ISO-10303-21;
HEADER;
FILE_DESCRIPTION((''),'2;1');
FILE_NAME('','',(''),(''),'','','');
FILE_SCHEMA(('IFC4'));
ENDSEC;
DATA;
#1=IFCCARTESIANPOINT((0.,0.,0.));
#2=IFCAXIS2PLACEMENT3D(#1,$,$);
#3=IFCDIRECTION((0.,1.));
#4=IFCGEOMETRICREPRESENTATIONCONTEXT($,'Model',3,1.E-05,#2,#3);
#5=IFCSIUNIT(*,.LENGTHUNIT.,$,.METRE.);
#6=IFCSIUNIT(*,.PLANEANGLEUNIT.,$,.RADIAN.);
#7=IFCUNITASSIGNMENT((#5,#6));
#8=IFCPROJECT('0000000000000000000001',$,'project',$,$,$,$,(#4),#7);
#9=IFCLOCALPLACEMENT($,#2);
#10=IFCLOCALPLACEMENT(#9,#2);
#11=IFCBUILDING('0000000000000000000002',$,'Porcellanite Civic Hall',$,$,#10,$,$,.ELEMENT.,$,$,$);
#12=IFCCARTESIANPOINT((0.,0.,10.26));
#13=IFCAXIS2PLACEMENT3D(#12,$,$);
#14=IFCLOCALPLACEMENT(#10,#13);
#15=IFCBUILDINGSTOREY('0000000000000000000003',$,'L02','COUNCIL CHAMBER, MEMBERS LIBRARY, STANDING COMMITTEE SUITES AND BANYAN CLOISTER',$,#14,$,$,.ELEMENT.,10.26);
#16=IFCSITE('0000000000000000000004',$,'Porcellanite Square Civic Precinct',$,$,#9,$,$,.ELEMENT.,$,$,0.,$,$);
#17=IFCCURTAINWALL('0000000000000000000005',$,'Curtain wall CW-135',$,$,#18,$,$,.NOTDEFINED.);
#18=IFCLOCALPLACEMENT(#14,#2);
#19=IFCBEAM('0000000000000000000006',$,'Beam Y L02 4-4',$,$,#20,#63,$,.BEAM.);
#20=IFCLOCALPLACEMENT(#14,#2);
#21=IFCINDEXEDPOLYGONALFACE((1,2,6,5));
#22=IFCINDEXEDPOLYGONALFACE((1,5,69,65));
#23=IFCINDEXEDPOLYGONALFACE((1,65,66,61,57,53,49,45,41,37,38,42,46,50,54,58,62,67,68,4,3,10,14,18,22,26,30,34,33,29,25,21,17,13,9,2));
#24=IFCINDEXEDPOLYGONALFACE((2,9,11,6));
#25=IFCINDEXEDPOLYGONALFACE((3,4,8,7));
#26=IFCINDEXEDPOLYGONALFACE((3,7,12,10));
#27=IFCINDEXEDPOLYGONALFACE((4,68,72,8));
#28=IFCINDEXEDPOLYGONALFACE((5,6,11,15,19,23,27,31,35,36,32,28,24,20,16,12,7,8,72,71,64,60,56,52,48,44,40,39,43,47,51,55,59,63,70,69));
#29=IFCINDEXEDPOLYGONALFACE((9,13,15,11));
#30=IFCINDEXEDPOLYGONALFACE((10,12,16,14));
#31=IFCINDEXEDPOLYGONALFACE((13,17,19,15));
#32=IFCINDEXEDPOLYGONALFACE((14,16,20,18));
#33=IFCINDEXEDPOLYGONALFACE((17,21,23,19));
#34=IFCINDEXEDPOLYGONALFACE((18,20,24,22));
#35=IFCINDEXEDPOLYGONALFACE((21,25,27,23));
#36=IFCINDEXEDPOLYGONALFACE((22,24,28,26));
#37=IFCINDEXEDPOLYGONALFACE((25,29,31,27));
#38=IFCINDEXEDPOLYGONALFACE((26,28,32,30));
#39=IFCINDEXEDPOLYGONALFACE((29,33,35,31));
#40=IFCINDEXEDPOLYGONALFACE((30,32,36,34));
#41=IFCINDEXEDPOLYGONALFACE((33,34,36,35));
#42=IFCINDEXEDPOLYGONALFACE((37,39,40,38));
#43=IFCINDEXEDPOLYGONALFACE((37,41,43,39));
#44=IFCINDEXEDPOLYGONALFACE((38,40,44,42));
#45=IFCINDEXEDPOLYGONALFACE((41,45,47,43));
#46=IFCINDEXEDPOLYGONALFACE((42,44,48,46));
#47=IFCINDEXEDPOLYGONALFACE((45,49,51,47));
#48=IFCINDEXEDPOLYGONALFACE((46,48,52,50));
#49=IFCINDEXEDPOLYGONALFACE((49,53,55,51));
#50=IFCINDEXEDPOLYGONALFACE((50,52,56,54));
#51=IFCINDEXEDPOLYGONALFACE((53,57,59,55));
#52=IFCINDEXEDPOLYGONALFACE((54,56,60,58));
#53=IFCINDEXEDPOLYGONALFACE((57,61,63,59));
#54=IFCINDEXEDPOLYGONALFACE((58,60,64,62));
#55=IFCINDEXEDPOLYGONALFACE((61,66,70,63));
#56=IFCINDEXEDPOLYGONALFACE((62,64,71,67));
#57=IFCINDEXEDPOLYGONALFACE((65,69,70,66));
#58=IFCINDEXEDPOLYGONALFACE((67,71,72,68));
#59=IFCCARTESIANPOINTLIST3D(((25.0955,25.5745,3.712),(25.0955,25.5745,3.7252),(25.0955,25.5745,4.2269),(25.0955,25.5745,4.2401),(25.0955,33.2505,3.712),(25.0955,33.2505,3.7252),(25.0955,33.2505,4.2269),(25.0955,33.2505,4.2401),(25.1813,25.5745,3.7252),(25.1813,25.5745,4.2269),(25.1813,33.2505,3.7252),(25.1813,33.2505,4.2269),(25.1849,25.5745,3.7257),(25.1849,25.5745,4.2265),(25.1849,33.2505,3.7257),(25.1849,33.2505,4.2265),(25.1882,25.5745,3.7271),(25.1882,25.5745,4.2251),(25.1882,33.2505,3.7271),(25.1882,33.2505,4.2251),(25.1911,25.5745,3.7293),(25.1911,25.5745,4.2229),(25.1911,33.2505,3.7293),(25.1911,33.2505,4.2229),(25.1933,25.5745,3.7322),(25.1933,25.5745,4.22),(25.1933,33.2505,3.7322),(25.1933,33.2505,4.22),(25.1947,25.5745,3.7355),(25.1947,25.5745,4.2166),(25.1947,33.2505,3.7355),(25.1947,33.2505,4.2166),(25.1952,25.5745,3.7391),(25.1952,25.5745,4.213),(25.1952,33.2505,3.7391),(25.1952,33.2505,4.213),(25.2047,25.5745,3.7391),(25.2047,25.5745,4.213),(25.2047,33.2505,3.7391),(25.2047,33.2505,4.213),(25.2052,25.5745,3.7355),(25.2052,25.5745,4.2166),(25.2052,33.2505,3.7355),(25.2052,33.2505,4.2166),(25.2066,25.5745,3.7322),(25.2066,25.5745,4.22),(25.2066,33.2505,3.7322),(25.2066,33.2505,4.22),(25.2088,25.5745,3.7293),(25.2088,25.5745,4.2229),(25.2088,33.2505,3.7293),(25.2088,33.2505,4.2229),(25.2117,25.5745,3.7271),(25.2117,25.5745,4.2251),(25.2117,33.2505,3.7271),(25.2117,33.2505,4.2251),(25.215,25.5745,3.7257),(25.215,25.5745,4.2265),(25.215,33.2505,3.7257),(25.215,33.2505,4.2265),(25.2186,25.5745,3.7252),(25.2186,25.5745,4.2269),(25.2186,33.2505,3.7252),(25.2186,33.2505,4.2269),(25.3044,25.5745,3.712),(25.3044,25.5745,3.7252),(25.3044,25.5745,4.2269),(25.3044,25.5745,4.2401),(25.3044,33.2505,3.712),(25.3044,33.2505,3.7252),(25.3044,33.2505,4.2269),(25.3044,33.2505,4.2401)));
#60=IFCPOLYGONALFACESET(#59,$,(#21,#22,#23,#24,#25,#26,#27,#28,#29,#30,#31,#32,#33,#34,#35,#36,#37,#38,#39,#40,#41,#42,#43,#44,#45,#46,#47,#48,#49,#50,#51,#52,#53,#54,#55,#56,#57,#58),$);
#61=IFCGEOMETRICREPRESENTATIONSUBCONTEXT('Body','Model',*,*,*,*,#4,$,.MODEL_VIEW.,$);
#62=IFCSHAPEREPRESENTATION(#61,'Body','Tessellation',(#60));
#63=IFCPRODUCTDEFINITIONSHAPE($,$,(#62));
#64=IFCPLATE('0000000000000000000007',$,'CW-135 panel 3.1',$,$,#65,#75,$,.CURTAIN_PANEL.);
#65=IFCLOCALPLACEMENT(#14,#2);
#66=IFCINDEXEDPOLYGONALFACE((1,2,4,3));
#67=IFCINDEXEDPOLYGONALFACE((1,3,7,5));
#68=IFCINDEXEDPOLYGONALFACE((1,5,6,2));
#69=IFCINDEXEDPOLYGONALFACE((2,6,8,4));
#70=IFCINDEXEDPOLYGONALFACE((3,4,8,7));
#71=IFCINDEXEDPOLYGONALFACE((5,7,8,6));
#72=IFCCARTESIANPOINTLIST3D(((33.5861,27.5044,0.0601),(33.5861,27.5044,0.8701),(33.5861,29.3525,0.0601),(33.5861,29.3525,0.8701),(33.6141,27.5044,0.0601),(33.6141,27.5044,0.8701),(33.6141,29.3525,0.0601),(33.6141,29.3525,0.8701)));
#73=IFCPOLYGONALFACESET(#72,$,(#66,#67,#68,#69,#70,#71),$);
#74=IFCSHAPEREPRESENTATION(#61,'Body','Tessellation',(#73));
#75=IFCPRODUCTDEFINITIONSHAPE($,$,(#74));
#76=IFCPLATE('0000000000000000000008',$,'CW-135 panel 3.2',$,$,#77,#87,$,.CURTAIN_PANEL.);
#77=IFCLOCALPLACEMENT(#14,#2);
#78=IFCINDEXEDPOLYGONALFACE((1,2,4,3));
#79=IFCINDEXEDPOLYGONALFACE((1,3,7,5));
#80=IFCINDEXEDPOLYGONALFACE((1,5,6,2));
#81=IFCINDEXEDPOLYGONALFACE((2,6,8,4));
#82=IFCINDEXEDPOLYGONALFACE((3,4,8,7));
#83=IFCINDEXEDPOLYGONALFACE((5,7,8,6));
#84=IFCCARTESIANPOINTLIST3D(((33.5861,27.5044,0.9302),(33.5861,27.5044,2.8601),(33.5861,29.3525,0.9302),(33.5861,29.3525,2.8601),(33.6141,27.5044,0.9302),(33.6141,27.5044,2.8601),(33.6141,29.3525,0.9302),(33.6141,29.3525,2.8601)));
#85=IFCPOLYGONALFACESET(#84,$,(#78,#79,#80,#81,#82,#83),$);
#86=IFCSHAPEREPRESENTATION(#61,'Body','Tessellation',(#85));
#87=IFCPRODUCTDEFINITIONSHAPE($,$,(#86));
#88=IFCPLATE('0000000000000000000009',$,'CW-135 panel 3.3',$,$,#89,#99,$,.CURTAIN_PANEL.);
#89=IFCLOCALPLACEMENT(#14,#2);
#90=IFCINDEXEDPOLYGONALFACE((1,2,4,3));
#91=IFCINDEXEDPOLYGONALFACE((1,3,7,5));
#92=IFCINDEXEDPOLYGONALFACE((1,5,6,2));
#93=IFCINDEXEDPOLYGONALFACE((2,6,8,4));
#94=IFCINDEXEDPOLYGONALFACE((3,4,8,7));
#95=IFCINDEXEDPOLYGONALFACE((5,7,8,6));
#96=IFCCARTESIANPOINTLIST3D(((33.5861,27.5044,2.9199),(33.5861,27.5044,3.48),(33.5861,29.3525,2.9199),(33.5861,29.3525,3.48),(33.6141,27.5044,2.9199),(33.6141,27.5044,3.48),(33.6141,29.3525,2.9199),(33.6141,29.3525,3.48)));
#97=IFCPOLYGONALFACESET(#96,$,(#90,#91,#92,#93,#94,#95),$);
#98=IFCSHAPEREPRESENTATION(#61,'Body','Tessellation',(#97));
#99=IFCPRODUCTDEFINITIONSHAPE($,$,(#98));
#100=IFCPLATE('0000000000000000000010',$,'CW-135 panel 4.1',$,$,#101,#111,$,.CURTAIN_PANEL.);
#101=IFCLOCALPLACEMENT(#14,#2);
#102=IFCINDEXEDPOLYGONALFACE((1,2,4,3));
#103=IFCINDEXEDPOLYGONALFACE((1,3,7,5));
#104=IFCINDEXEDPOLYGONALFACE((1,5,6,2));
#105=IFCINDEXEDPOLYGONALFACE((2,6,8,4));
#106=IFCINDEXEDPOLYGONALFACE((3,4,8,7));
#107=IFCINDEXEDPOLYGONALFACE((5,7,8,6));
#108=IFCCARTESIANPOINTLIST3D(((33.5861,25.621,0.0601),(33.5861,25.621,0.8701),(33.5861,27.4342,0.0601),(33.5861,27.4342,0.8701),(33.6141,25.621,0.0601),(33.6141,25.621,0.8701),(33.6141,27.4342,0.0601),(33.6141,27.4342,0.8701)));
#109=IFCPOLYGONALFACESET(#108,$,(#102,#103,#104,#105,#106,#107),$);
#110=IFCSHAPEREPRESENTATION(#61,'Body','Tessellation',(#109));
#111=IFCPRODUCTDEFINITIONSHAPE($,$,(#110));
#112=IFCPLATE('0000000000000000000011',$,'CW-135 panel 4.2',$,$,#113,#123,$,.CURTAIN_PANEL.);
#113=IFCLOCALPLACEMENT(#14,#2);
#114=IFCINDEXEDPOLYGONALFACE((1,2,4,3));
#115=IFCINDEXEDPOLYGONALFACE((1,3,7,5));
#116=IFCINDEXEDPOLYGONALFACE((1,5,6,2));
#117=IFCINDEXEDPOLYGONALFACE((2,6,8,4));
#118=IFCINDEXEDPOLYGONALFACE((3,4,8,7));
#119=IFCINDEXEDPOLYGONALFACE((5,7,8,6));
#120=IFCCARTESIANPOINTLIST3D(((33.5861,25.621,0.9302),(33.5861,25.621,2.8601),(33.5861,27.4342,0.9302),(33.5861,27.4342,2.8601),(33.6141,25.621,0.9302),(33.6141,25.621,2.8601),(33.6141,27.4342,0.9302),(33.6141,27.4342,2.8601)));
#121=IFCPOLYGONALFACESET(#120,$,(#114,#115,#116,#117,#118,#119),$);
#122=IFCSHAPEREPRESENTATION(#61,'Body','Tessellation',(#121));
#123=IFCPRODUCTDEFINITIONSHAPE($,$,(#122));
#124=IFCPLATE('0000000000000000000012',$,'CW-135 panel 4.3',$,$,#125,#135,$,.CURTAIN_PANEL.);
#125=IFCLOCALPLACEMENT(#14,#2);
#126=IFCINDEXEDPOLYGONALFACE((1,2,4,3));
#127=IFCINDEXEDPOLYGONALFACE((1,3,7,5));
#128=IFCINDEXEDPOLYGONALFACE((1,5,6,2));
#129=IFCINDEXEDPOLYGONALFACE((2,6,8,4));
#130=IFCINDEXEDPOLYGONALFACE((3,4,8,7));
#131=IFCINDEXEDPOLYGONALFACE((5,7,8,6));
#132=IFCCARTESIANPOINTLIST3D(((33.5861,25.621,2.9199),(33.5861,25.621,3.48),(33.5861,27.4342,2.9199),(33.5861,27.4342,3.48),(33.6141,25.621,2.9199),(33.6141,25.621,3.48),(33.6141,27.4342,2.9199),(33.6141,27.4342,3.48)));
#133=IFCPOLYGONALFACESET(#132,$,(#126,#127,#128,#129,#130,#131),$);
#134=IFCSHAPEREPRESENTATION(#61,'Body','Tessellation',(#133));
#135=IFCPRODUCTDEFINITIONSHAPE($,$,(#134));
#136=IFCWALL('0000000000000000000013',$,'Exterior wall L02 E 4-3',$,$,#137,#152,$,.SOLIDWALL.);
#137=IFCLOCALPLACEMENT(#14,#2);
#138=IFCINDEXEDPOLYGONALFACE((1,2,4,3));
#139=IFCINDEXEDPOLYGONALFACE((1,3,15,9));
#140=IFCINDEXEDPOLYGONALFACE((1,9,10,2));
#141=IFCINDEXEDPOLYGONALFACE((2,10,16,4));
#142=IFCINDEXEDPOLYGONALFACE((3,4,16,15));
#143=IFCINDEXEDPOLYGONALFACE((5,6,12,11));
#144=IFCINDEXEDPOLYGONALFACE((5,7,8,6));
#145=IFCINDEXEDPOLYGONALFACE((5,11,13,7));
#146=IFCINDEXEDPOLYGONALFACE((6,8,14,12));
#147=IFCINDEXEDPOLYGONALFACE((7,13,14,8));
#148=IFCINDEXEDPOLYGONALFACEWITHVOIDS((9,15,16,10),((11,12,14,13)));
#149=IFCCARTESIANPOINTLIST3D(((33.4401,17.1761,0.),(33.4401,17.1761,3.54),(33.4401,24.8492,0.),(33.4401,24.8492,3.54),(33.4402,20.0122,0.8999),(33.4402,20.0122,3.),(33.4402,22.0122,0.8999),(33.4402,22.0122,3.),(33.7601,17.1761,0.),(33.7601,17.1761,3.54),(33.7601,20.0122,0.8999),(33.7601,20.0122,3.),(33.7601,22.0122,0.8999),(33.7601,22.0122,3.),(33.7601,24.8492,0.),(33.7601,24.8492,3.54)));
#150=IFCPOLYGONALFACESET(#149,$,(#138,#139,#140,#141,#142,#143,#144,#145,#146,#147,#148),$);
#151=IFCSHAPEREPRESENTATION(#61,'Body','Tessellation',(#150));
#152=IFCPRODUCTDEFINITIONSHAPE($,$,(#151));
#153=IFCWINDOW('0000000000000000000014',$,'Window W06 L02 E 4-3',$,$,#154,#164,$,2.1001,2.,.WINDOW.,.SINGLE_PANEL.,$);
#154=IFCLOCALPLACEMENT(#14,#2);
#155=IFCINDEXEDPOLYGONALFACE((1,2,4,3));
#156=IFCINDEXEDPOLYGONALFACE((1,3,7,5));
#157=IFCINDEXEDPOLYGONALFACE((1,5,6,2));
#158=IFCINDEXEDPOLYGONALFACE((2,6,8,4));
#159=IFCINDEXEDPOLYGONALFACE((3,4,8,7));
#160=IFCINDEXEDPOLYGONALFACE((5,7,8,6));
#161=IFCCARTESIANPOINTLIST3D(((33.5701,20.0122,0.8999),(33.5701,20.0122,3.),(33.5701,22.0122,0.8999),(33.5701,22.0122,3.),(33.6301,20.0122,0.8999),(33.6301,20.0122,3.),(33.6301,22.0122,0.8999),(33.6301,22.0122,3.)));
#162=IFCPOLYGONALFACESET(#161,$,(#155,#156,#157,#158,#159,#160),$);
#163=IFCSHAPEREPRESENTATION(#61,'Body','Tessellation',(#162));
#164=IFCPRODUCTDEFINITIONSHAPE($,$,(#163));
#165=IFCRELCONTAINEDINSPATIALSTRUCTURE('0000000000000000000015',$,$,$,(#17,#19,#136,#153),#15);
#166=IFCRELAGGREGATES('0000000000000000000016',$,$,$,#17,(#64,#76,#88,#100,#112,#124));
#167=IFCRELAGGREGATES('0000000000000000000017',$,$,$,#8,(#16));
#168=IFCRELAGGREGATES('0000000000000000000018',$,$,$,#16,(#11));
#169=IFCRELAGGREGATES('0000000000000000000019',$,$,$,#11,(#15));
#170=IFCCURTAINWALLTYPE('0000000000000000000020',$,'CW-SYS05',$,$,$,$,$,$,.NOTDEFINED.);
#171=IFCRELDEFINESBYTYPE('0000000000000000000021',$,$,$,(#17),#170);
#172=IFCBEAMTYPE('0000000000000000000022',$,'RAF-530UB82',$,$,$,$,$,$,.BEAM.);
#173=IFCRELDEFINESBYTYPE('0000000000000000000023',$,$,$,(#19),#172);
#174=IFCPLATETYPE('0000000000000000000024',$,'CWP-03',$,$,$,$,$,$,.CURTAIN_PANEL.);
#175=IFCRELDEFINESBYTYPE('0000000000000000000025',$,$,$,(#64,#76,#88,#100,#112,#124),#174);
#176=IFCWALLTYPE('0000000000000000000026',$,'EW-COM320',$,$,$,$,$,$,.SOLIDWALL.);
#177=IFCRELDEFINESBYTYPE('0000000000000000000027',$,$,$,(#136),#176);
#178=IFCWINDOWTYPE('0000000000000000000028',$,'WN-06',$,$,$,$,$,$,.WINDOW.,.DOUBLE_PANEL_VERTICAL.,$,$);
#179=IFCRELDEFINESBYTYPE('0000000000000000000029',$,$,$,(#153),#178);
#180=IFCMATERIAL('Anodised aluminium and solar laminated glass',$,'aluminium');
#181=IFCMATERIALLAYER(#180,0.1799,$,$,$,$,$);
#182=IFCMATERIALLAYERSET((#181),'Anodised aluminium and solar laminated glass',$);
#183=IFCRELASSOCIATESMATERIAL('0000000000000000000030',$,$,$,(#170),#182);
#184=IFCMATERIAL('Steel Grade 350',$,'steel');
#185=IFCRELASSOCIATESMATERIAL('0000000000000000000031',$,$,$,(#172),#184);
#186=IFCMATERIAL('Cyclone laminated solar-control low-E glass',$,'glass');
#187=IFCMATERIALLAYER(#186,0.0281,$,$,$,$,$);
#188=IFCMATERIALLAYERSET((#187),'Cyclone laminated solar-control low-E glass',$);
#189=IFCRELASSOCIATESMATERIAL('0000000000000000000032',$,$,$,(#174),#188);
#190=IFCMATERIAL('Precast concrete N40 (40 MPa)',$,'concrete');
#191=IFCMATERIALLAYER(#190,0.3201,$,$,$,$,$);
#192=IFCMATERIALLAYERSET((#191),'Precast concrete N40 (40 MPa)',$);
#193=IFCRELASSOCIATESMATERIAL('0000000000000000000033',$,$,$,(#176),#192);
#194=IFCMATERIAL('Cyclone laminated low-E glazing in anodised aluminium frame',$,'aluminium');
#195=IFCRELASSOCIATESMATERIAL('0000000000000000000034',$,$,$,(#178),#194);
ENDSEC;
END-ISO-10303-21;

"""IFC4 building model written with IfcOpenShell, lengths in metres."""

from ifc_helpers import new_model, si_unit, direction, frame, frame_2d, origin, origin_2d, place, context, subcontext, project, spatial, rectangle, i_section, extrude, material, layer, layer_set, material_profile, profile_set, type_object, element, fill, aggregate, save


model = new_model("IFC4")

# Units and contexts
model_context = context("Model", 3, precision=1e-05, world=origin(), true_north=direction((0.0, 1.0)))
body_context = subcontext(model_context, "Body", "Model", "MODEL_VIEW")
ifc_project = project(units=[si_unit("LENGTHUNIT", "METRE"), si_unit("PLANEANGLEUNIT", "RADIAN")], contexts=[model_context])

# Site, building, storey
site_placement = place(None, origin())
site = spatial("IfcSite", under=ifc_project, at=site_placement, Name="Porcellanite Square Civic Precinct", CompositionType="ELEMENT", RefElevation=0.0)
building_placement = place(site_placement, origin())
building = spatial("IfcBuilding", under=site, at=building_placement, Name="Porcellanite Civic Hall", CompositionType="ELEMENT")
storey_placement = place(building_placement, frame((0.0, 0.0, 10.26)))
storey = spatial("IfcBuildingStorey", under=building, at=storey_placement, Name="L02", Description="COUNCIL CHAMBER, MEMBERS LIBRARY, STANDING COMMITTEE SUITES AND BANYAN CLOISTER", CompositionType="ELEMENT", Elevation=10.26)

# Curtain wall
ifc_material_1 = material(Name="Anodised aluminium and solar laminated glass", Category="aluminium")
ifc_layer_1 = layer(ifc_material_1, 0.1799)
ifc_layer_set_1 = layer_set([ifc_layer_1], Name="Anodised aluminium and solar laminated glass")
curtain_wall_type = type_object("IfcCurtainWallType", Name="CW-SYS05", PredefinedType="NOTDEFINED", material=ifc_layer_set_1)
curtain_wall_placement = place(storey_placement, origin())
curtain_wall = element("IfcCurtainWall", 1, at=curtain_wall_placement, inside=storey, type_object=curtain_wall_type, Name="Curtain wall CW-135", PredefinedType="NOTDEFINED")

# Beam
ifc_material_2 = material(Name="Steel Grade 350", Category="steel")
ifc_material_profile_1 = material_profile(ifc_material_2, i_section(OverallWidth=0.209, OverallDepth=0.5281, WebThickness=0.0095, FlangeThickness=0.0132, FilletRadius=0.0139, at=origin_2d()), Name="530UB82.0")
ifc_profile_set_1 = profile_set([ifc_material_profile_1], Name="Steel Grade 350")
beam_type_1 = type_object("IfcBeamType", Name="RAF-530UB82", PredefinedType="BEAM", material=ifc_profile_set_1)
beam_1_placement = place(storey_placement, frame((25.2, 25.5745, 3.9761), z_axis=(0.0, 1.0, 0.0), x_axis=(-1.0, 0.0, 0.0)))
element("IfcBeam", 2, at=beam_1_placement, inside=storey, type_object=beam_type_1, Name="Beam Y L02 4-4", PredefinedType="BEAM", context=body_context, shape_type="SweptSolid", body=[
    extrude(i_section(OverallWidth=0.209, OverallDepth=0.5281, WebThickness=0.0095, FlangeThickness=0.0132, FilletRadius=0.0139, at=origin_2d()), origin(), (0.0, 0.0, 1.0), 7.676),
])

# Plates
ifc_material_3 = material(Name="Cyclone laminated solar-control low-E glass", Category="glass")
ifc_layer_2 = layer(ifc_material_3, 0.0281)
ifc_layer_set_2 = layer_set([ifc_layer_2], Name="Cyclone laminated solar-control low-E glass")
plate_type = type_object("IfcPlateType", Name="CWP-03", PredefinedType="CURTAIN_PANEL", material=ifc_layer_set_2)
plate_1_placement = place(storey_placement, frame((33.6001, 28.4285, 0.0601), z_axis=(0.0, 0.0, 1.0), x_axis=(0.0, -1.0, 0.0)))
plate_1 = element("IfcPlate", 3, at=plate_1_placement, type_object=plate_type, Name="CW-135 panel 3.1", PredefinedType="CURTAIN_PANEL", context=body_context, shape_type="SweptSolid", body=[
    extrude(rectangle(XDim=1.8481, YDim=0.0281, at=origin_2d()), origin(), (0.0, 0.0, 1.0), 0.8101),
])
plate_2_placement = place(storey_placement, frame((33.6001, 28.4285, 0.9302), z_axis=(0.0, 0.0, 1.0), x_axis=(0.0, -1.0, 0.0)))
plate_2 = element("IfcPlate", 4, at=plate_2_placement, type_object=plate_type, Name="CW-135 panel 3.2", PredefinedType="CURTAIN_PANEL", context=body_context, shape_type="SweptSolid", body=[
    extrude(rectangle(XDim=1.8481, YDim=0.0281, at=origin_2d()), origin(), (0.0, 0.0, 1.0), 1.9299),
])
plate_3_placement = place(storey_placement, frame((33.6001, 28.4285, 2.9199), z_axis=(0.0, 0.0, 1.0), x_axis=(0.0, -1.0, 0.0)))
plate_3 = element("IfcPlate", 5, at=plate_3_placement, type_object=plate_type, Name="CW-135 panel 3.3", PredefinedType="CURTAIN_PANEL", context=body_context, shape_type="SweptSolid", body=[
    extrude(rectangle(XDim=1.8481, YDim=0.0281, at=origin_2d()), origin(), (0.0, 0.0, 1.0), 0.5601),
])
plate_4_placement = place(storey_placement, frame((33.6001, 26.5276, 0.0601), z_axis=(0.0, 0.0, 1.0), x_axis=(0.0, -1.0, 0.0)))
plate_4 = element("IfcPlate", 6, at=plate_4_placement, type_object=plate_type, Name="CW-135 panel 4.1", PredefinedType="CURTAIN_PANEL", context=body_context, shape_type="SweptSolid", body=[
    extrude(rectangle(XDim=1.8132, YDim=0.0281, at=origin_2d()), origin(), (0.0, 0.0, 1.0), 0.8101),
])
plate_5_placement = place(storey_placement, frame((33.6001, 26.5276, 0.9302), z_axis=(0.0, 0.0, 1.0), x_axis=(0.0, -1.0, 0.0)))
plate_5 = element("IfcPlate", 7, at=plate_5_placement, type_object=plate_type, Name="CW-135 panel 4.2", PredefinedType="CURTAIN_PANEL", context=body_context, shape_type="SweptSolid", body=[
    extrude(rectangle(XDim=1.8132, YDim=0.0281, at=origin_2d()), origin(), (0.0, 0.0, 1.0), 1.9299),
])
plate_6_placement = place(storey_placement, frame((33.6001, 26.5276, 2.9199), z_axis=(0.0, 0.0, 1.0), x_axis=(0.0, -1.0, 0.0)))
plate_6 = element("IfcPlate", 8, at=plate_6_placement, type_object=plate_type, Name="CW-135 panel 4.3", PredefinedType="CURTAIN_PANEL", context=body_context, shape_type="SweptSolid", body=[
    extrude(rectangle(XDim=1.8132, YDim=0.0281, at=origin_2d()), origin(), (0.0, 0.0, 1.0), 0.5601),
])
aggregate(curtain_wall, [plate_1, plate_2, plate_3, plate_4, plate_5, plate_6])

# Wall, opening, window
ifc_material_4 = material(Name="Precast concrete N40 (40 MPa)", Category="concrete")
ifc_layer_3 = layer(ifc_material_4, 0.3201)
ifc_layer_set_3 = layer_set([ifc_layer_3], Name="Precast concrete N40 (40 MPa)")
wall_type_1 = type_object("IfcWallType", Name="EW-COM320", PredefinedType="SOLIDWALL", material=ifc_layer_set_3)
wall_1_placement = place(storey_placement, frame((33.6001, 24.8491, 0.0), z_axis=(0.0, 0.0, 1.0), x_axis=(0.0, -1.0, 0.0)))
wall_1 = element("IfcWall", 9, at=wall_1_placement, inside=storey, type_object=wall_type_1, Name="Exterior wall L02 E 4-3", PredefinedType="SOLIDWALL", context=body_context, shape_type="SweptSolid", body=[
    extrude(rectangle(XDim=7.6731, YDim=0.3201, at=frame_2d((3.8364, 0.0))), origin(), (0.0, 0.0, 1.0), 3.54),
])
opening_1_placement = place(wall_1_placement, frame((2.8369, 0.0, 0.8999)))
opening_1 = element("IfcOpeningElement", 10, at=opening_1_placement, cuts=wall_1, PredefinedType="OPENING", context=body_context, shape_type="SweptSolid", body=[
    extrude(rectangle(XDim=2.0, YDim=2.1001, at=frame_2d((1.0, 1.05))), frame((0.0, 0.1602, 0.0), z_axis=(0.0, -1.0, 0.0), x_axis=(1.0, 0.0, 0.0)), (0.0, 0.0, 1.0), 0.3201),
])
ifc_material_5 = material(Name="Cyclone laminated low-E glazing in anodised aluminium frame", Category="aluminium")
window_type = type_object("IfcWindowType", Name="WN-06", PartitioningType="DOUBLE_PANEL_VERTICAL", PredefinedType="WINDOW", material=ifc_material_5)
window_placement = place(opening_1_placement, origin())
window = element("IfcWindow", 11, at=window_placement, inside=storey, type_object=window_type, Name="Window W06 L02 E 4-3", OverallHeight=2.1001, OverallWidth=2.0, PartitioningType="SINGLE_PANEL", PredefinedType="WINDOW", context=body_context, shape_type="SweptSolid", body=[
    extrude(rectangle(XDim=2.0, YDim=2.1001, at=frame_2d((1.0, 1.05))), frame((0.0, 0.03, 0.0), z_axis=(0.0, -1.0, 0.0), x_axis=(1.0, 0.0, 0.0)), (0.0, 0.0, 1.0), 0.0601),
])
fill(opening_1, window)

save(model, "model.ifc")
